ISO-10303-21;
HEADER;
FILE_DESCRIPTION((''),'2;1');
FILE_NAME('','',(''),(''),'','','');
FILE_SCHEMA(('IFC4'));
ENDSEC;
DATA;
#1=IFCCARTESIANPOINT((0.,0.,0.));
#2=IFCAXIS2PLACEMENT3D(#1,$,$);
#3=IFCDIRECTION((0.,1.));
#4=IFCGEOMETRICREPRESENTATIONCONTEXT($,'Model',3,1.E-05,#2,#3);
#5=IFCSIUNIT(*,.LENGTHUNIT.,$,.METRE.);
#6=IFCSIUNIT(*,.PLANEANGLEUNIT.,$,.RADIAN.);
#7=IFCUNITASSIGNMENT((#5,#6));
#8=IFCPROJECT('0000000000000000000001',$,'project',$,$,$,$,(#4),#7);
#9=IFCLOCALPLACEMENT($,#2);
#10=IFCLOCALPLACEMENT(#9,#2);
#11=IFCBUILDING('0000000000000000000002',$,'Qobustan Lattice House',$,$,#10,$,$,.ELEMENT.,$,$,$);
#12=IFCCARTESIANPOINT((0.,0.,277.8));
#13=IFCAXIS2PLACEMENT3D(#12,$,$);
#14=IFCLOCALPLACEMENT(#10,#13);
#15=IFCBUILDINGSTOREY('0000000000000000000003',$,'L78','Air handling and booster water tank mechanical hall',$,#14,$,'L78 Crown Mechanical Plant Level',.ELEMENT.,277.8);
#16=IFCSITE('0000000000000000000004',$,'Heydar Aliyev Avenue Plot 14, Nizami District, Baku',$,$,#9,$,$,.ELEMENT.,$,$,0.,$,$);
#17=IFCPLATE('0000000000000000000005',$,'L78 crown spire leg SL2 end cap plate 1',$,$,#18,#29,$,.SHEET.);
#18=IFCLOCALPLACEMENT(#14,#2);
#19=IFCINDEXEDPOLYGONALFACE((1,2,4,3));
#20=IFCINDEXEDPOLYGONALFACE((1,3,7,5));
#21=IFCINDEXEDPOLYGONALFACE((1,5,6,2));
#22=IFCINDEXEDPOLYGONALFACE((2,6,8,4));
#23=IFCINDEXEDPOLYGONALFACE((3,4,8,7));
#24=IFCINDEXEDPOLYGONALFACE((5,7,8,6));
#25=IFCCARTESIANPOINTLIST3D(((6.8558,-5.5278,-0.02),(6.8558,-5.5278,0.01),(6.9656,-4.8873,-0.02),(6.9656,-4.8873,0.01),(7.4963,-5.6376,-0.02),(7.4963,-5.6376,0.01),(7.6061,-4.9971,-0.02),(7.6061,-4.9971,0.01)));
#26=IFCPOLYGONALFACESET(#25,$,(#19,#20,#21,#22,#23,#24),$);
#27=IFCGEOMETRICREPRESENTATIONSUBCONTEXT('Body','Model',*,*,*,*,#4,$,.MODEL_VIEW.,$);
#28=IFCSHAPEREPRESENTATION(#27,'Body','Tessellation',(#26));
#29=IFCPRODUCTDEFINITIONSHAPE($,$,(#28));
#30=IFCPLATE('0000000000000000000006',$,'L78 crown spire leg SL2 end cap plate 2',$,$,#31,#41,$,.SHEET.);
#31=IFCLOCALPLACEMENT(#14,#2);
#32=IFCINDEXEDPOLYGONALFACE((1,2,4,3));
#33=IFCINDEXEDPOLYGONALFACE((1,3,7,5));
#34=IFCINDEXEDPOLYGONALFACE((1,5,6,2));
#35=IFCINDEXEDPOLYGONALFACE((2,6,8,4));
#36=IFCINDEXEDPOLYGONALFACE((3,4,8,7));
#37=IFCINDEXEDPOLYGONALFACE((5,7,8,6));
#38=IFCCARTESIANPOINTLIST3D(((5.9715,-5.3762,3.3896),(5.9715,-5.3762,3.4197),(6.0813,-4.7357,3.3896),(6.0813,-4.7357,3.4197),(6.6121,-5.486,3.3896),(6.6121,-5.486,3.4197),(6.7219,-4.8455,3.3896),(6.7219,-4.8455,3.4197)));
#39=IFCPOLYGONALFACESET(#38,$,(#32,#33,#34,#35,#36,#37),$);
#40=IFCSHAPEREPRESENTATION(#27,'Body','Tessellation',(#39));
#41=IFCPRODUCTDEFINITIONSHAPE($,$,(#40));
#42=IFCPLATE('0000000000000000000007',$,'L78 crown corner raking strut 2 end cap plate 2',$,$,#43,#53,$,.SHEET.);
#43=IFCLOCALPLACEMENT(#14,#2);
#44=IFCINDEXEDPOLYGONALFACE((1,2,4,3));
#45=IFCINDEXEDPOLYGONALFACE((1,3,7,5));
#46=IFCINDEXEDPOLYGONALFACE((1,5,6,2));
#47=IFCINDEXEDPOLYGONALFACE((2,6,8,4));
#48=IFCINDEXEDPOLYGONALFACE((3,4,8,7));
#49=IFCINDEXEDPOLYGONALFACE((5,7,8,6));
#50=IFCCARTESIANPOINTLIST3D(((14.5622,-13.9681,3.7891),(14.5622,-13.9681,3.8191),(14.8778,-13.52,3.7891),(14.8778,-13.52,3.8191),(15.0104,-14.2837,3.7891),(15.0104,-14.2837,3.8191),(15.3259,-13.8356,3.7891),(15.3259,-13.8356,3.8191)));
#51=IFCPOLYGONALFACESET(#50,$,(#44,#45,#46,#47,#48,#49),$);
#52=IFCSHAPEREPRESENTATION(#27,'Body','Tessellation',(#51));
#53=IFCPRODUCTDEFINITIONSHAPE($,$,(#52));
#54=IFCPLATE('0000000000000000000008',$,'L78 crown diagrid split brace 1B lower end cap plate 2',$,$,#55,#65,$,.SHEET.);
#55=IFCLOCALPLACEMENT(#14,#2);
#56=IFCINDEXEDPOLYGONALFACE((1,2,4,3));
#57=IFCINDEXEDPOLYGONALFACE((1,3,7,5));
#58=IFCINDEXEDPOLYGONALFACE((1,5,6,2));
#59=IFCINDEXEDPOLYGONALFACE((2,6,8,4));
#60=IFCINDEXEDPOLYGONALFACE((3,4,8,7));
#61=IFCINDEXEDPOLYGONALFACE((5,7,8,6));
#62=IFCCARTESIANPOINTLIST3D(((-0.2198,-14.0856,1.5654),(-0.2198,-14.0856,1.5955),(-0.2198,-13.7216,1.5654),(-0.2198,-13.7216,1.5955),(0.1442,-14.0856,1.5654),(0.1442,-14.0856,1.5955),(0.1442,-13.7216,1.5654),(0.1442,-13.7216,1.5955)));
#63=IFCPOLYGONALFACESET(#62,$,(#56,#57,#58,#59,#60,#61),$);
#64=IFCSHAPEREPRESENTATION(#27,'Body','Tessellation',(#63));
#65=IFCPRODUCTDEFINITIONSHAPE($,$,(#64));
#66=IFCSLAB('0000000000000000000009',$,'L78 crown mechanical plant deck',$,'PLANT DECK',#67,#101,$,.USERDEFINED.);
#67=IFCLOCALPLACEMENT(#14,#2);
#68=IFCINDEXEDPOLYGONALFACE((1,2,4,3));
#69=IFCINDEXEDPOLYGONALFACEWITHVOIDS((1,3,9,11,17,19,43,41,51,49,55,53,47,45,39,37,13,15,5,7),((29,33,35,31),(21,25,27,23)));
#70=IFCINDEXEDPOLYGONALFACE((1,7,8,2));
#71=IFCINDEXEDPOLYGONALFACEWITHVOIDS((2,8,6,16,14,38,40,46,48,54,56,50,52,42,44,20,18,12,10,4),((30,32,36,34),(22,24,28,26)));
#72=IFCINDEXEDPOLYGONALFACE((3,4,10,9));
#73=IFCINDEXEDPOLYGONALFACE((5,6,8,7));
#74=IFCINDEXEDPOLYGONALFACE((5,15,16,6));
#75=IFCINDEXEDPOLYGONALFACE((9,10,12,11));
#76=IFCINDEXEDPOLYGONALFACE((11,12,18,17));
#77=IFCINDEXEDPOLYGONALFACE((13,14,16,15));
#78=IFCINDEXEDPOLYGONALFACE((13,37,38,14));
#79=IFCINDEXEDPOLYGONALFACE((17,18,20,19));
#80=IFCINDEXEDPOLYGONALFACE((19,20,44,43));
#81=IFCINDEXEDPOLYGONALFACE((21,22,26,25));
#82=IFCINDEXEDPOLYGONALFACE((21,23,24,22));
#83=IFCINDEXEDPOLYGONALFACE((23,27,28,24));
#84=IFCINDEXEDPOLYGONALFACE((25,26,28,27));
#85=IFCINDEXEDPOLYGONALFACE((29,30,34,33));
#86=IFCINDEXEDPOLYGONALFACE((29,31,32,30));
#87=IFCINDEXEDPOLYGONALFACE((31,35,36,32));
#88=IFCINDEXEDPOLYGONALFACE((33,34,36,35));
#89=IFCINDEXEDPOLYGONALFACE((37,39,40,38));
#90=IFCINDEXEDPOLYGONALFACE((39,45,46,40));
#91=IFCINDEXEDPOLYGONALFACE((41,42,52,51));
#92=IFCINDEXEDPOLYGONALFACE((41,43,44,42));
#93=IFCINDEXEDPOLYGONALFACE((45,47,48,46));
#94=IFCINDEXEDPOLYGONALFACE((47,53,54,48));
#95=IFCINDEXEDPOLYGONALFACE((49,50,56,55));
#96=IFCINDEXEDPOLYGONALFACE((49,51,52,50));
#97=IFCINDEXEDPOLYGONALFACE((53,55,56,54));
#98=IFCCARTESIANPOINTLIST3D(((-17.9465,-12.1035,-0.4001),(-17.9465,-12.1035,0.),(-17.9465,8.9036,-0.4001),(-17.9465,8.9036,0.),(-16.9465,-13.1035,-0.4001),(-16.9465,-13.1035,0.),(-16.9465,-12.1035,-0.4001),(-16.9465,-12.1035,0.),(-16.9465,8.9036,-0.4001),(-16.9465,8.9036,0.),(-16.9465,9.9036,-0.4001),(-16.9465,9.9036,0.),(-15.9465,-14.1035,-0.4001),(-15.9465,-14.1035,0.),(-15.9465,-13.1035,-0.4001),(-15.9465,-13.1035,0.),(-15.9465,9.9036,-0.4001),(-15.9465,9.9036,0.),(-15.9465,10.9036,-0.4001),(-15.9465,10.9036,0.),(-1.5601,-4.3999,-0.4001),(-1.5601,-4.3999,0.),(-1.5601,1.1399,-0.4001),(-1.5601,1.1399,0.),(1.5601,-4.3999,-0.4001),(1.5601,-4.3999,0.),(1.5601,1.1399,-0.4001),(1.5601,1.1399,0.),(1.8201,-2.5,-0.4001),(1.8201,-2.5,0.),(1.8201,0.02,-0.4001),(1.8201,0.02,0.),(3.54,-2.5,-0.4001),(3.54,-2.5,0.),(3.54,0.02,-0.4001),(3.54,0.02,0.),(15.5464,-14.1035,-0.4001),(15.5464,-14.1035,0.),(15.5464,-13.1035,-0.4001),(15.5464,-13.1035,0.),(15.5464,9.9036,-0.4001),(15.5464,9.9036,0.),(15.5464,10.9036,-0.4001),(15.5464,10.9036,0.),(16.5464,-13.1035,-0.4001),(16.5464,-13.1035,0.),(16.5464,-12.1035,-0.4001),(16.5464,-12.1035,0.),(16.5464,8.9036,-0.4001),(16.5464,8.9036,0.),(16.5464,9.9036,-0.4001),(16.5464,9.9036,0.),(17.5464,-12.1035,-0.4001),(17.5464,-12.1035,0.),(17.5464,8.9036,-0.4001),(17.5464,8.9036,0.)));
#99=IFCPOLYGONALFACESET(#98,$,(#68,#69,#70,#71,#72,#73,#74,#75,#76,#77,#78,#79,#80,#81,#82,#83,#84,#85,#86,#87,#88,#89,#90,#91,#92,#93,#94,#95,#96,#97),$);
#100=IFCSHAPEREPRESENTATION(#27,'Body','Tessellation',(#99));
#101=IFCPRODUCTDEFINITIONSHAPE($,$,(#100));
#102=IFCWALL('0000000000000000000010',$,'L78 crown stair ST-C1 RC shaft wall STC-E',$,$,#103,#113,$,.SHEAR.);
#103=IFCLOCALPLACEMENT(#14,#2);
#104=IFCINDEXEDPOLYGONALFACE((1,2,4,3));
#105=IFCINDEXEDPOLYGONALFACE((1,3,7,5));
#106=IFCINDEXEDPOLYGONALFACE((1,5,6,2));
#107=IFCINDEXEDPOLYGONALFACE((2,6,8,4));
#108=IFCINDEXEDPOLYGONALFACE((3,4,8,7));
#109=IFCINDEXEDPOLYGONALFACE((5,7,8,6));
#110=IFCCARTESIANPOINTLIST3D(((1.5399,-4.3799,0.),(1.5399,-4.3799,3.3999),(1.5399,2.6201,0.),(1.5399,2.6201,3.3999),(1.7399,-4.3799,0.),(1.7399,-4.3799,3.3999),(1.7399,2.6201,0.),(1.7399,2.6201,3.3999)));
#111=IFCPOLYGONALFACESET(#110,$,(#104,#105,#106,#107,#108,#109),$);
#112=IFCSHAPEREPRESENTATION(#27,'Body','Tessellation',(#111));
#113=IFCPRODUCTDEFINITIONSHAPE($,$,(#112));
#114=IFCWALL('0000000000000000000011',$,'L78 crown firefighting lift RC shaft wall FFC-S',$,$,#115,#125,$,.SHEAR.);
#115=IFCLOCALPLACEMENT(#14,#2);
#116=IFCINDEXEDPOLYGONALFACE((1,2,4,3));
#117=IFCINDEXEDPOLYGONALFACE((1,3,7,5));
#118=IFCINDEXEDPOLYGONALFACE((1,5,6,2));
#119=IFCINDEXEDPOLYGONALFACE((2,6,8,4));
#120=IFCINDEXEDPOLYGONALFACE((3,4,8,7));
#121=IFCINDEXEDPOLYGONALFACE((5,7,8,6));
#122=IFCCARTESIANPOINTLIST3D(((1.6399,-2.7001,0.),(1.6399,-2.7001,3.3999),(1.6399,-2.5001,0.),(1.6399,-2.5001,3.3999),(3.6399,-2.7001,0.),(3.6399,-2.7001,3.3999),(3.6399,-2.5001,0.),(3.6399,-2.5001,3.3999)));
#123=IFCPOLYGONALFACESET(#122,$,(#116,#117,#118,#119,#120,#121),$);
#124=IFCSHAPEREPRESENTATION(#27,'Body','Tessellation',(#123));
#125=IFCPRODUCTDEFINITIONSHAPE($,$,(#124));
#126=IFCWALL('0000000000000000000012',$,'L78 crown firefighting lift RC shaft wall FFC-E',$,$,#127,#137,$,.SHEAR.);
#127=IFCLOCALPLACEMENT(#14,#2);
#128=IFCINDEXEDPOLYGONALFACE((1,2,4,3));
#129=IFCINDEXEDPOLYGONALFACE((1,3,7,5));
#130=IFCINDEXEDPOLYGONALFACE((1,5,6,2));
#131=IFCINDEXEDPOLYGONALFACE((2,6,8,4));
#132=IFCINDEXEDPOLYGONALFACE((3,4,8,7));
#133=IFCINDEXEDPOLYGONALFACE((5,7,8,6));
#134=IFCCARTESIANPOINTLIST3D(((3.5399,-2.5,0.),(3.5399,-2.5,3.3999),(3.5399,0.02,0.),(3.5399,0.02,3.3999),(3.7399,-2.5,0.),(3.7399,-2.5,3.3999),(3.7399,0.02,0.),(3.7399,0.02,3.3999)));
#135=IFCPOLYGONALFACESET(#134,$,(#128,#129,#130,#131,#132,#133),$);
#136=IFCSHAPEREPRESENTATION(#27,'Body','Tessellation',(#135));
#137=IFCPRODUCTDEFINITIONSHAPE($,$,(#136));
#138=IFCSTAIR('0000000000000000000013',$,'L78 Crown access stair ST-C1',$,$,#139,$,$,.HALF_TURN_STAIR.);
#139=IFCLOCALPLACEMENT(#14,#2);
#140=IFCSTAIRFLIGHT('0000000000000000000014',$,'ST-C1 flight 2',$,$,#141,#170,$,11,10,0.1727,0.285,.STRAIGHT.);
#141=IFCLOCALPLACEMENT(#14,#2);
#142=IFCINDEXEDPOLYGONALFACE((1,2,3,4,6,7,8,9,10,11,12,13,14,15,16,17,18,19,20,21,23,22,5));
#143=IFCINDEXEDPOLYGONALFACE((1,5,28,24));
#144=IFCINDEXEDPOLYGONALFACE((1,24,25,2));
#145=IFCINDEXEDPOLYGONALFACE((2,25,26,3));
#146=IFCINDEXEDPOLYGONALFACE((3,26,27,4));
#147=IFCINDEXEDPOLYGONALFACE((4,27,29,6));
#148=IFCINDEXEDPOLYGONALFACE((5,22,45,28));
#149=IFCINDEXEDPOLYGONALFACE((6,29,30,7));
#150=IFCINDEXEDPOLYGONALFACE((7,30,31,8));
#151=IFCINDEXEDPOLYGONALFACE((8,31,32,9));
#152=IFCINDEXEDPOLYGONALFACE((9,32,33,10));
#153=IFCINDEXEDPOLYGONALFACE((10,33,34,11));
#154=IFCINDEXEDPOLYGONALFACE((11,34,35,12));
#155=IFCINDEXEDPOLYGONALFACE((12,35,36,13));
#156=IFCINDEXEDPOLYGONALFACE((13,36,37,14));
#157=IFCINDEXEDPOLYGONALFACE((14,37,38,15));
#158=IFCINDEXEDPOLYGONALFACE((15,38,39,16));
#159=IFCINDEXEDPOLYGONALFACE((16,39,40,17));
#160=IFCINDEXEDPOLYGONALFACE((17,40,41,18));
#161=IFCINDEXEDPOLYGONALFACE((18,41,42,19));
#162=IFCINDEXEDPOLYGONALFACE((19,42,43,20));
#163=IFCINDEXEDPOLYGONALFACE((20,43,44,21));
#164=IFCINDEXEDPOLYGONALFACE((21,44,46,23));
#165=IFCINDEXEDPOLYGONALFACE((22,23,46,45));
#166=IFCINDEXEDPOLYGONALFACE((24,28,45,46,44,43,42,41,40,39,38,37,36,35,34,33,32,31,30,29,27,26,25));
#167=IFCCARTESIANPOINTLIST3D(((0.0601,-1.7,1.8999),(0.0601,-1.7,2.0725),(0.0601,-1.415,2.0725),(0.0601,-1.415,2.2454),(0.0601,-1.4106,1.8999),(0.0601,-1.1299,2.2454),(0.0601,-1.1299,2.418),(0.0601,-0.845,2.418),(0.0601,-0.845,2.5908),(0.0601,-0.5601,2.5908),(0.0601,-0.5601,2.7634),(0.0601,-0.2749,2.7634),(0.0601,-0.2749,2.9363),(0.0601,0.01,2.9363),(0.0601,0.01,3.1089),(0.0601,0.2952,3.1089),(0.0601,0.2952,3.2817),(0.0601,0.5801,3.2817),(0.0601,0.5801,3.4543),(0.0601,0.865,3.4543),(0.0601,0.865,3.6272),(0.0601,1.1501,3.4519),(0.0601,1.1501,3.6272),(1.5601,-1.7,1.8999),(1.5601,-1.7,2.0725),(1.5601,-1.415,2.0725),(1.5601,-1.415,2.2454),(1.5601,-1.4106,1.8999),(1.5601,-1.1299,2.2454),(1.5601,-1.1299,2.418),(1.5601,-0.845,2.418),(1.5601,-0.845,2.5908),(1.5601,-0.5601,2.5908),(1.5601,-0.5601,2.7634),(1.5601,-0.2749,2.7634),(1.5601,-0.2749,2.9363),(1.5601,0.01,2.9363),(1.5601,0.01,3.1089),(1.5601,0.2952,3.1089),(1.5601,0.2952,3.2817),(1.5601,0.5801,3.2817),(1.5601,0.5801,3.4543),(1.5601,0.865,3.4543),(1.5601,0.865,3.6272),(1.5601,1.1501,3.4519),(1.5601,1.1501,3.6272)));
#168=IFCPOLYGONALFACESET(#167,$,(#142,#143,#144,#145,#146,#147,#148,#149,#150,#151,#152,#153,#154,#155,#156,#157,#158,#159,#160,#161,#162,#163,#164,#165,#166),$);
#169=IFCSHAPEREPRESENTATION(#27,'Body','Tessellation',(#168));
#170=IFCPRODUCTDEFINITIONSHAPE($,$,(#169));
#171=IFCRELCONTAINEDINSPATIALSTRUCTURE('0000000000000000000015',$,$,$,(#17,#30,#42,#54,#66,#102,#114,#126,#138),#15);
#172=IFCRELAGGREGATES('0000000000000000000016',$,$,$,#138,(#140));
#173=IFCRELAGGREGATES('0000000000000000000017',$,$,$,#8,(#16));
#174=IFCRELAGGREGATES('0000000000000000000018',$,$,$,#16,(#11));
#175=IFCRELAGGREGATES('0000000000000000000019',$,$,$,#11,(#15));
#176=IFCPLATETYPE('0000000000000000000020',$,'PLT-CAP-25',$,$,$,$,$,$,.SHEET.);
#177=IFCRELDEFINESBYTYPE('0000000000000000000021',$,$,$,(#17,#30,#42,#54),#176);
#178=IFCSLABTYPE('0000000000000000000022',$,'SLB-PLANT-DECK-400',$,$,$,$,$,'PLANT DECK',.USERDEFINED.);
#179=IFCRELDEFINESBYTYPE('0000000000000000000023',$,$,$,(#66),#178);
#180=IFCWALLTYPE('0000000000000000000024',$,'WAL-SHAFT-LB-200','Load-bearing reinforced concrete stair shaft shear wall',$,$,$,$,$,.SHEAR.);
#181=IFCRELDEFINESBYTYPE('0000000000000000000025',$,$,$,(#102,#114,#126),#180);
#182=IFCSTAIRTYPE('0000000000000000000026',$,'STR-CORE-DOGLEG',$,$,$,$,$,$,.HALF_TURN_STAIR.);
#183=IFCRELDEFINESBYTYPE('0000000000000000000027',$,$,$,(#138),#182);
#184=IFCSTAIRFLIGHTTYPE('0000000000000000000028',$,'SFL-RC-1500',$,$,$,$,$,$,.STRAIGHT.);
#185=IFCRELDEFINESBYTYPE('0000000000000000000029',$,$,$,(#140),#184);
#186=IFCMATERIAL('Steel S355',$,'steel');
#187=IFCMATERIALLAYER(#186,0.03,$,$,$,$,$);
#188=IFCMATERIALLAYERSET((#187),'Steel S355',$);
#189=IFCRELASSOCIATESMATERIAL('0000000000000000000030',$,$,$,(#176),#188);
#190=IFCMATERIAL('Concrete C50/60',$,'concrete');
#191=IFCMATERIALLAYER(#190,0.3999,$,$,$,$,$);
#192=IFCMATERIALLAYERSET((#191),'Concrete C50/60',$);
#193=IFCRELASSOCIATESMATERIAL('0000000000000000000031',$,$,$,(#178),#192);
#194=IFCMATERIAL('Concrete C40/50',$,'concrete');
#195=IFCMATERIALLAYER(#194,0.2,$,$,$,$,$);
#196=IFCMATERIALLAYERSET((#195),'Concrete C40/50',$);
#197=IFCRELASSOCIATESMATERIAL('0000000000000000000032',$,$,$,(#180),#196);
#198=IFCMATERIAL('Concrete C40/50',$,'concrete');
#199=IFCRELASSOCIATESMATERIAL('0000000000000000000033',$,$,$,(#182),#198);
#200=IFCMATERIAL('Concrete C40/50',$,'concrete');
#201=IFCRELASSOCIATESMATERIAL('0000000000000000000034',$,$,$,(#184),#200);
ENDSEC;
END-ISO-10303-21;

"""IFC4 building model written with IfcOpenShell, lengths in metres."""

from ifc_helpers import new_model, si_unit, direction, frame, frame_2d, origin, origin_2d, place, context, subcontext, project, spatial, polyline, rectangle, outline, extrude, material, layer, layer_set, type_object, element, aggregate, save


model = new_model("IFC4")

# Units and contexts
model_context = context("Model", 3, precision=1e-05, world=origin(), true_north=direction((0.0, 1.0)))
body_context = subcontext(model_context, "Body", "Model", "MODEL_VIEW")
ifc_project = project(units=[si_unit("LENGTHUNIT", "METRE"), si_unit("PLANEANGLEUNIT", "RADIAN")], contexts=[model_context])

# Site, building, storey
site_placement = place(None, origin())
site = spatial("IfcSite", under=ifc_project, at=site_placement, Name="Heydar Aliyev Avenue Plot 14, Nizami District, Baku", CompositionType="ELEMENT", RefElevation=0.0)
building_placement = place(site_placement, origin())
building = spatial("IfcBuilding", under=site, at=building_placement, Name="Qobustan Lattice House", CompositionType="ELEMENT")
storey_placement = place(building_placement, frame((0.0, 0.0, 277.8)))
storey = spatial("IfcBuildingStorey", under=building, at=storey_placement, Name="L78", Description="Air handling and booster water tank mechanical hall", LongName="L78 Crown Mechanical Plant Level", CompositionType="ELEMENT", Elevation=277.8)

# Plates
ifc_material_1 = material(Name="Steel S355", Category="steel")
ifc_layer_1 = layer(ifc_material_1, 0.03)
ifc_layer_set_1 = layer_set([ifc_layer_1], Name="Steel S355")
plate_type_1 = type_object("IfcPlateType", Name="PLT-CAP-25", PredefinedType="SHEET", material=ifc_layer_set_1)
for number, where, z_axis, x_axis, name in (
    (1, (7.231, -5.2625, -0.02), (0.0, 0.0, 1.0), (-0.985624, 0.168954, 0.0), "L78 crown spire leg SL2 end cap plate 1"),
    (2, (6.3467, -5.1108, 3.3896), (0.0, 0.0, 1.0), (-0.985624, 0.168954, 0.0), "L78 crown spire leg SL2 end cap plate 2"),
):
    element("IfcPlate", number, at=place(storey_placement, frame(where, z_axis=z_axis, x_axis=x_axis)), inside=storey, type_object=plate_type_1, Name=name, PredefinedType="SHEET", context=body_context, shape_type="SweptSolid", body=[
        extrude(rectangle(XDim=0.6499, YDim=0.6499, at=origin_2d()), origin(), (0.0, 0.0, 1.0), 0.03),
    ])
plate_1_placement = place(storey_placement, frame((14.9441, -13.9019, 3.7891), z_axis=(0.0, 0.0, 1.0), x_axis=(-0.817587, 0.575805, 0.0)))
element("IfcPlate", 3, at=plate_1_placement, inside=storey, type_object=plate_type_1, Name="L78 crown corner raking strut 2 end cap plate 2", PredefinedType="SHEET", context=body_context, shape_type="SweptSolid", body=[
    extrude(rectangle(XDim=0.5481, YDim=0.5481, at=origin_2d()), origin(), (0.0, 0.0, 1.0), 0.03),
])
plate_2_placement = place(storey_placement, frame((-0.0378, -13.9036, 1.5654), z_axis=(0.0, 0.0, 1.0), x_axis=(-1.0, 0.0, 0.0)))
element("IfcPlate", 4, at=plate_2_placement, inside=storey, type_object=plate_type_1, Name="L78 crown diagrid split brace 1B lower end cap plate 2", PredefinedType="SHEET", context=body_context, shape_type="SweptSolid", body=[
    extrude(rectangle(XDim=0.364, YDim=0.364, at=origin_2d()), origin(), (0.0, 0.0, 1.0), 0.03),
])

# Slab
ifc_material_2 = material(Name="Concrete C50/60", Category="concrete")
ifc_layer_2 = layer(ifc_material_2, 0.3999)
ifc_layer_set_2 = layer_set([ifc_layer_2], Name="Concrete C50/60")
slab_type = type_object("IfcSlabType", Name="SLB-PLANT-DECK-400", ElementType="PLANT DECK", PredefinedType="USERDEFINED", material=ifc_layer_set_2)
slab_placement = place(storey_placement, frame((0.0, 0.0, -0.4001)))
element("IfcSlab", 5, at=slab_placement, inside=storey, type_object=slab_type, Name="L78 crown mechanical plant deck", ObjectType="PLANT DECK", PredefinedType="USERDEFINED", context=body_context, shape_type="SweptSolid", body=[
    extrude(outline(polyline([(-15.9465, -14.1035), (15.5464, -14.1035), (15.5464, -13.1035), (16.5464, -13.1035), (16.5464, -12.1035), (17.5464, -12.1035), (17.5464, 8.9036), (16.5464, 8.9036), (16.5464, 9.9036), (15.5464, 9.9036), (15.5464, 10.9036), (-15.9465, 10.9036), (-15.9465, 9.9036), (-16.9465, 9.9036), (-16.9465, 8.9036), (-17.9465, 8.9036), (-17.9465, -12.1035), (-16.9465, -12.1035), (-16.9465, -13.1035), (-15.9465, -13.1035), (-15.9465, -14.1035)]), holes=[polyline([(-1.5601, -4.3999), (-1.5601, 1.1399), (1.5601, 1.1399), (1.5601, -4.3999), (-1.5601, -4.3999)]), polyline([(1.8201, -2.5), (1.8201, 0.02), (3.54, 0.02), (3.54, -2.5), (1.8201, -2.5)])]), origin(), (0.0, 0.0, 1.0), 0.4001),
])

# Walls
ifc_material_3 = material(Name="Concrete C40/50", Category="concrete")
ifc_layer_3 = layer(ifc_material_3, 0.2)
ifc_layer_set_3 = layer_set([ifc_layer_3], Name="Concrete C40/50")
wall_type = type_object("IfcWallType", Name="WAL-SHAFT-LB-200", Description="Load-bearing reinforced concrete stair shaft shear wall", PredefinedType="SHEAR", material=ifc_layer_set_3)
wall_1_placement = place(storey_placement, frame((1.6399, -4.3799, 0.0), z_axis=(0.0, 0.0, 1.0), x_axis=(0.0, 1.0, 0.0)))
element("IfcWall", 6, at=wall_1_placement, inside=storey, type_object=wall_type, Name="L78 crown stair ST-C1 RC shaft wall STC-E", PredefinedType="SHEAR", context=body_context, shape_type="SweptSolid", body=[
    extrude(rectangle(XDim=7.0, YDim=0.2, at=frame_2d((3.5, 0.0))), origin(), (0.0, 0.0, 1.0), 3.3999),
])
wall_2_placement = place(storey_placement, frame((1.6399, -2.6001, 0.0), z_axis=(0.0, 0.0, 1.0), x_axis=(1.0, 0.0, 0.0)))
element("IfcWall", 7, at=wall_2_placement, inside=storey, type_object=wall_type, Name="L78 crown firefighting lift RC shaft wall FFC-S", PredefinedType="SHEAR", context=body_context, shape_type="SweptSolid", body=[
    extrude(rectangle(XDim=2.0, YDim=0.2, at=frame_2d((1.0, 0.0))), origin(), (0.0, 0.0, 1.0), 3.3999),
])
wall_3_placement = place(storey_placement, frame((3.6399, -2.5, 0.0), z_axis=(0.0, 0.0, 1.0), x_axis=(0.0, 1.0, 0.0)))
element("IfcWall", 8, at=wall_3_placement, inside=storey, type_object=wall_type, Name="L78 crown firefighting lift RC shaft wall FFC-E", PredefinedType="SHEAR", context=body_context, shape_type="SweptSolid", body=[
    extrude(rectangle(XDim=2.52, YDim=0.2, at=frame_2d((1.26, 0.0))), origin(), (0.0, 0.0, 1.0), 3.3999),
])

# Stair, stair flight
ifc_material_4 = material(Name="Concrete C40/50", Category="concrete")
stair_type = type_object("IfcStairType", Name="STR-CORE-DOGLEG", PredefinedType="HALF_TURN_STAIR", material=ifc_material_4)
stair_placement = place(storey_placement, origin())
stair = element("IfcStair", 9, at=stair_placement, inside=storey, type_object=stair_type, Name="L78 Crown access stair ST-C1", PredefinedType="HALF_TURN_STAIR")
ifc_material_5 = material(Name="Concrete C40/50", Category="concrete")
stair_flight_type = type_object("IfcStairFlightType", Name="SFL-RC-1500", PredefinedType="STRAIGHT", material=ifc_material_5)
stair_flight_placement = place(storey_placement, frame((0.8101, -1.7, 1.8999), z_axis=(0.0, 0.0, 1.0), x_axis=(0.0, 1.0, 0.0)))
stair_flight = element("IfcStairFlight", 10, at=stair_flight_placement, type_object=stair_flight_type, Name="ST-C1 flight 2", NumberOfRisers=11, NumberOfTreads=10, PredefinedType="STRAIGHT", RiserHeight=0.1727, TreadLength=0.285, context=body_context, shape_type="SweptSolid", body=[
    extrude(outline(polyline([(0.0, 0.0), (0.0, 0.1726), (0.2849, 0.1726), (0.2849, 0.3455), (0.5701, 0.3455), (0.5701, 0.5181), (0.855, 0.5181), (0.855, 0.6909), (1.1399, 0.6909), (1.1399, 0.8635), (1.425, 0.8635), (1.425, 1.0364), (1.71, 1.0364), (1.71, 1.209), (1.9951, 1.209), (1.9951, 1.3818), (2.28, 1.3818), (2.28, 1.5544), (2.5649, 1.5544), (2.5649, 1.7273), (2.8501, 1.7273), (2.8501, 1.8999), (2.8501, 1.552), (0.2893, 0.0), (0.0, 0.0)])), frame((0.0, 0.75, 0.0), z_axis=(0.0, -1.0, 0.0), x_axis=(1.0, 0.0, 0.0)), (0.0, 0.0, 1.0), 1.5),
])
aggregate(stair, [stair_flight])

save(model, "model.ifc")
